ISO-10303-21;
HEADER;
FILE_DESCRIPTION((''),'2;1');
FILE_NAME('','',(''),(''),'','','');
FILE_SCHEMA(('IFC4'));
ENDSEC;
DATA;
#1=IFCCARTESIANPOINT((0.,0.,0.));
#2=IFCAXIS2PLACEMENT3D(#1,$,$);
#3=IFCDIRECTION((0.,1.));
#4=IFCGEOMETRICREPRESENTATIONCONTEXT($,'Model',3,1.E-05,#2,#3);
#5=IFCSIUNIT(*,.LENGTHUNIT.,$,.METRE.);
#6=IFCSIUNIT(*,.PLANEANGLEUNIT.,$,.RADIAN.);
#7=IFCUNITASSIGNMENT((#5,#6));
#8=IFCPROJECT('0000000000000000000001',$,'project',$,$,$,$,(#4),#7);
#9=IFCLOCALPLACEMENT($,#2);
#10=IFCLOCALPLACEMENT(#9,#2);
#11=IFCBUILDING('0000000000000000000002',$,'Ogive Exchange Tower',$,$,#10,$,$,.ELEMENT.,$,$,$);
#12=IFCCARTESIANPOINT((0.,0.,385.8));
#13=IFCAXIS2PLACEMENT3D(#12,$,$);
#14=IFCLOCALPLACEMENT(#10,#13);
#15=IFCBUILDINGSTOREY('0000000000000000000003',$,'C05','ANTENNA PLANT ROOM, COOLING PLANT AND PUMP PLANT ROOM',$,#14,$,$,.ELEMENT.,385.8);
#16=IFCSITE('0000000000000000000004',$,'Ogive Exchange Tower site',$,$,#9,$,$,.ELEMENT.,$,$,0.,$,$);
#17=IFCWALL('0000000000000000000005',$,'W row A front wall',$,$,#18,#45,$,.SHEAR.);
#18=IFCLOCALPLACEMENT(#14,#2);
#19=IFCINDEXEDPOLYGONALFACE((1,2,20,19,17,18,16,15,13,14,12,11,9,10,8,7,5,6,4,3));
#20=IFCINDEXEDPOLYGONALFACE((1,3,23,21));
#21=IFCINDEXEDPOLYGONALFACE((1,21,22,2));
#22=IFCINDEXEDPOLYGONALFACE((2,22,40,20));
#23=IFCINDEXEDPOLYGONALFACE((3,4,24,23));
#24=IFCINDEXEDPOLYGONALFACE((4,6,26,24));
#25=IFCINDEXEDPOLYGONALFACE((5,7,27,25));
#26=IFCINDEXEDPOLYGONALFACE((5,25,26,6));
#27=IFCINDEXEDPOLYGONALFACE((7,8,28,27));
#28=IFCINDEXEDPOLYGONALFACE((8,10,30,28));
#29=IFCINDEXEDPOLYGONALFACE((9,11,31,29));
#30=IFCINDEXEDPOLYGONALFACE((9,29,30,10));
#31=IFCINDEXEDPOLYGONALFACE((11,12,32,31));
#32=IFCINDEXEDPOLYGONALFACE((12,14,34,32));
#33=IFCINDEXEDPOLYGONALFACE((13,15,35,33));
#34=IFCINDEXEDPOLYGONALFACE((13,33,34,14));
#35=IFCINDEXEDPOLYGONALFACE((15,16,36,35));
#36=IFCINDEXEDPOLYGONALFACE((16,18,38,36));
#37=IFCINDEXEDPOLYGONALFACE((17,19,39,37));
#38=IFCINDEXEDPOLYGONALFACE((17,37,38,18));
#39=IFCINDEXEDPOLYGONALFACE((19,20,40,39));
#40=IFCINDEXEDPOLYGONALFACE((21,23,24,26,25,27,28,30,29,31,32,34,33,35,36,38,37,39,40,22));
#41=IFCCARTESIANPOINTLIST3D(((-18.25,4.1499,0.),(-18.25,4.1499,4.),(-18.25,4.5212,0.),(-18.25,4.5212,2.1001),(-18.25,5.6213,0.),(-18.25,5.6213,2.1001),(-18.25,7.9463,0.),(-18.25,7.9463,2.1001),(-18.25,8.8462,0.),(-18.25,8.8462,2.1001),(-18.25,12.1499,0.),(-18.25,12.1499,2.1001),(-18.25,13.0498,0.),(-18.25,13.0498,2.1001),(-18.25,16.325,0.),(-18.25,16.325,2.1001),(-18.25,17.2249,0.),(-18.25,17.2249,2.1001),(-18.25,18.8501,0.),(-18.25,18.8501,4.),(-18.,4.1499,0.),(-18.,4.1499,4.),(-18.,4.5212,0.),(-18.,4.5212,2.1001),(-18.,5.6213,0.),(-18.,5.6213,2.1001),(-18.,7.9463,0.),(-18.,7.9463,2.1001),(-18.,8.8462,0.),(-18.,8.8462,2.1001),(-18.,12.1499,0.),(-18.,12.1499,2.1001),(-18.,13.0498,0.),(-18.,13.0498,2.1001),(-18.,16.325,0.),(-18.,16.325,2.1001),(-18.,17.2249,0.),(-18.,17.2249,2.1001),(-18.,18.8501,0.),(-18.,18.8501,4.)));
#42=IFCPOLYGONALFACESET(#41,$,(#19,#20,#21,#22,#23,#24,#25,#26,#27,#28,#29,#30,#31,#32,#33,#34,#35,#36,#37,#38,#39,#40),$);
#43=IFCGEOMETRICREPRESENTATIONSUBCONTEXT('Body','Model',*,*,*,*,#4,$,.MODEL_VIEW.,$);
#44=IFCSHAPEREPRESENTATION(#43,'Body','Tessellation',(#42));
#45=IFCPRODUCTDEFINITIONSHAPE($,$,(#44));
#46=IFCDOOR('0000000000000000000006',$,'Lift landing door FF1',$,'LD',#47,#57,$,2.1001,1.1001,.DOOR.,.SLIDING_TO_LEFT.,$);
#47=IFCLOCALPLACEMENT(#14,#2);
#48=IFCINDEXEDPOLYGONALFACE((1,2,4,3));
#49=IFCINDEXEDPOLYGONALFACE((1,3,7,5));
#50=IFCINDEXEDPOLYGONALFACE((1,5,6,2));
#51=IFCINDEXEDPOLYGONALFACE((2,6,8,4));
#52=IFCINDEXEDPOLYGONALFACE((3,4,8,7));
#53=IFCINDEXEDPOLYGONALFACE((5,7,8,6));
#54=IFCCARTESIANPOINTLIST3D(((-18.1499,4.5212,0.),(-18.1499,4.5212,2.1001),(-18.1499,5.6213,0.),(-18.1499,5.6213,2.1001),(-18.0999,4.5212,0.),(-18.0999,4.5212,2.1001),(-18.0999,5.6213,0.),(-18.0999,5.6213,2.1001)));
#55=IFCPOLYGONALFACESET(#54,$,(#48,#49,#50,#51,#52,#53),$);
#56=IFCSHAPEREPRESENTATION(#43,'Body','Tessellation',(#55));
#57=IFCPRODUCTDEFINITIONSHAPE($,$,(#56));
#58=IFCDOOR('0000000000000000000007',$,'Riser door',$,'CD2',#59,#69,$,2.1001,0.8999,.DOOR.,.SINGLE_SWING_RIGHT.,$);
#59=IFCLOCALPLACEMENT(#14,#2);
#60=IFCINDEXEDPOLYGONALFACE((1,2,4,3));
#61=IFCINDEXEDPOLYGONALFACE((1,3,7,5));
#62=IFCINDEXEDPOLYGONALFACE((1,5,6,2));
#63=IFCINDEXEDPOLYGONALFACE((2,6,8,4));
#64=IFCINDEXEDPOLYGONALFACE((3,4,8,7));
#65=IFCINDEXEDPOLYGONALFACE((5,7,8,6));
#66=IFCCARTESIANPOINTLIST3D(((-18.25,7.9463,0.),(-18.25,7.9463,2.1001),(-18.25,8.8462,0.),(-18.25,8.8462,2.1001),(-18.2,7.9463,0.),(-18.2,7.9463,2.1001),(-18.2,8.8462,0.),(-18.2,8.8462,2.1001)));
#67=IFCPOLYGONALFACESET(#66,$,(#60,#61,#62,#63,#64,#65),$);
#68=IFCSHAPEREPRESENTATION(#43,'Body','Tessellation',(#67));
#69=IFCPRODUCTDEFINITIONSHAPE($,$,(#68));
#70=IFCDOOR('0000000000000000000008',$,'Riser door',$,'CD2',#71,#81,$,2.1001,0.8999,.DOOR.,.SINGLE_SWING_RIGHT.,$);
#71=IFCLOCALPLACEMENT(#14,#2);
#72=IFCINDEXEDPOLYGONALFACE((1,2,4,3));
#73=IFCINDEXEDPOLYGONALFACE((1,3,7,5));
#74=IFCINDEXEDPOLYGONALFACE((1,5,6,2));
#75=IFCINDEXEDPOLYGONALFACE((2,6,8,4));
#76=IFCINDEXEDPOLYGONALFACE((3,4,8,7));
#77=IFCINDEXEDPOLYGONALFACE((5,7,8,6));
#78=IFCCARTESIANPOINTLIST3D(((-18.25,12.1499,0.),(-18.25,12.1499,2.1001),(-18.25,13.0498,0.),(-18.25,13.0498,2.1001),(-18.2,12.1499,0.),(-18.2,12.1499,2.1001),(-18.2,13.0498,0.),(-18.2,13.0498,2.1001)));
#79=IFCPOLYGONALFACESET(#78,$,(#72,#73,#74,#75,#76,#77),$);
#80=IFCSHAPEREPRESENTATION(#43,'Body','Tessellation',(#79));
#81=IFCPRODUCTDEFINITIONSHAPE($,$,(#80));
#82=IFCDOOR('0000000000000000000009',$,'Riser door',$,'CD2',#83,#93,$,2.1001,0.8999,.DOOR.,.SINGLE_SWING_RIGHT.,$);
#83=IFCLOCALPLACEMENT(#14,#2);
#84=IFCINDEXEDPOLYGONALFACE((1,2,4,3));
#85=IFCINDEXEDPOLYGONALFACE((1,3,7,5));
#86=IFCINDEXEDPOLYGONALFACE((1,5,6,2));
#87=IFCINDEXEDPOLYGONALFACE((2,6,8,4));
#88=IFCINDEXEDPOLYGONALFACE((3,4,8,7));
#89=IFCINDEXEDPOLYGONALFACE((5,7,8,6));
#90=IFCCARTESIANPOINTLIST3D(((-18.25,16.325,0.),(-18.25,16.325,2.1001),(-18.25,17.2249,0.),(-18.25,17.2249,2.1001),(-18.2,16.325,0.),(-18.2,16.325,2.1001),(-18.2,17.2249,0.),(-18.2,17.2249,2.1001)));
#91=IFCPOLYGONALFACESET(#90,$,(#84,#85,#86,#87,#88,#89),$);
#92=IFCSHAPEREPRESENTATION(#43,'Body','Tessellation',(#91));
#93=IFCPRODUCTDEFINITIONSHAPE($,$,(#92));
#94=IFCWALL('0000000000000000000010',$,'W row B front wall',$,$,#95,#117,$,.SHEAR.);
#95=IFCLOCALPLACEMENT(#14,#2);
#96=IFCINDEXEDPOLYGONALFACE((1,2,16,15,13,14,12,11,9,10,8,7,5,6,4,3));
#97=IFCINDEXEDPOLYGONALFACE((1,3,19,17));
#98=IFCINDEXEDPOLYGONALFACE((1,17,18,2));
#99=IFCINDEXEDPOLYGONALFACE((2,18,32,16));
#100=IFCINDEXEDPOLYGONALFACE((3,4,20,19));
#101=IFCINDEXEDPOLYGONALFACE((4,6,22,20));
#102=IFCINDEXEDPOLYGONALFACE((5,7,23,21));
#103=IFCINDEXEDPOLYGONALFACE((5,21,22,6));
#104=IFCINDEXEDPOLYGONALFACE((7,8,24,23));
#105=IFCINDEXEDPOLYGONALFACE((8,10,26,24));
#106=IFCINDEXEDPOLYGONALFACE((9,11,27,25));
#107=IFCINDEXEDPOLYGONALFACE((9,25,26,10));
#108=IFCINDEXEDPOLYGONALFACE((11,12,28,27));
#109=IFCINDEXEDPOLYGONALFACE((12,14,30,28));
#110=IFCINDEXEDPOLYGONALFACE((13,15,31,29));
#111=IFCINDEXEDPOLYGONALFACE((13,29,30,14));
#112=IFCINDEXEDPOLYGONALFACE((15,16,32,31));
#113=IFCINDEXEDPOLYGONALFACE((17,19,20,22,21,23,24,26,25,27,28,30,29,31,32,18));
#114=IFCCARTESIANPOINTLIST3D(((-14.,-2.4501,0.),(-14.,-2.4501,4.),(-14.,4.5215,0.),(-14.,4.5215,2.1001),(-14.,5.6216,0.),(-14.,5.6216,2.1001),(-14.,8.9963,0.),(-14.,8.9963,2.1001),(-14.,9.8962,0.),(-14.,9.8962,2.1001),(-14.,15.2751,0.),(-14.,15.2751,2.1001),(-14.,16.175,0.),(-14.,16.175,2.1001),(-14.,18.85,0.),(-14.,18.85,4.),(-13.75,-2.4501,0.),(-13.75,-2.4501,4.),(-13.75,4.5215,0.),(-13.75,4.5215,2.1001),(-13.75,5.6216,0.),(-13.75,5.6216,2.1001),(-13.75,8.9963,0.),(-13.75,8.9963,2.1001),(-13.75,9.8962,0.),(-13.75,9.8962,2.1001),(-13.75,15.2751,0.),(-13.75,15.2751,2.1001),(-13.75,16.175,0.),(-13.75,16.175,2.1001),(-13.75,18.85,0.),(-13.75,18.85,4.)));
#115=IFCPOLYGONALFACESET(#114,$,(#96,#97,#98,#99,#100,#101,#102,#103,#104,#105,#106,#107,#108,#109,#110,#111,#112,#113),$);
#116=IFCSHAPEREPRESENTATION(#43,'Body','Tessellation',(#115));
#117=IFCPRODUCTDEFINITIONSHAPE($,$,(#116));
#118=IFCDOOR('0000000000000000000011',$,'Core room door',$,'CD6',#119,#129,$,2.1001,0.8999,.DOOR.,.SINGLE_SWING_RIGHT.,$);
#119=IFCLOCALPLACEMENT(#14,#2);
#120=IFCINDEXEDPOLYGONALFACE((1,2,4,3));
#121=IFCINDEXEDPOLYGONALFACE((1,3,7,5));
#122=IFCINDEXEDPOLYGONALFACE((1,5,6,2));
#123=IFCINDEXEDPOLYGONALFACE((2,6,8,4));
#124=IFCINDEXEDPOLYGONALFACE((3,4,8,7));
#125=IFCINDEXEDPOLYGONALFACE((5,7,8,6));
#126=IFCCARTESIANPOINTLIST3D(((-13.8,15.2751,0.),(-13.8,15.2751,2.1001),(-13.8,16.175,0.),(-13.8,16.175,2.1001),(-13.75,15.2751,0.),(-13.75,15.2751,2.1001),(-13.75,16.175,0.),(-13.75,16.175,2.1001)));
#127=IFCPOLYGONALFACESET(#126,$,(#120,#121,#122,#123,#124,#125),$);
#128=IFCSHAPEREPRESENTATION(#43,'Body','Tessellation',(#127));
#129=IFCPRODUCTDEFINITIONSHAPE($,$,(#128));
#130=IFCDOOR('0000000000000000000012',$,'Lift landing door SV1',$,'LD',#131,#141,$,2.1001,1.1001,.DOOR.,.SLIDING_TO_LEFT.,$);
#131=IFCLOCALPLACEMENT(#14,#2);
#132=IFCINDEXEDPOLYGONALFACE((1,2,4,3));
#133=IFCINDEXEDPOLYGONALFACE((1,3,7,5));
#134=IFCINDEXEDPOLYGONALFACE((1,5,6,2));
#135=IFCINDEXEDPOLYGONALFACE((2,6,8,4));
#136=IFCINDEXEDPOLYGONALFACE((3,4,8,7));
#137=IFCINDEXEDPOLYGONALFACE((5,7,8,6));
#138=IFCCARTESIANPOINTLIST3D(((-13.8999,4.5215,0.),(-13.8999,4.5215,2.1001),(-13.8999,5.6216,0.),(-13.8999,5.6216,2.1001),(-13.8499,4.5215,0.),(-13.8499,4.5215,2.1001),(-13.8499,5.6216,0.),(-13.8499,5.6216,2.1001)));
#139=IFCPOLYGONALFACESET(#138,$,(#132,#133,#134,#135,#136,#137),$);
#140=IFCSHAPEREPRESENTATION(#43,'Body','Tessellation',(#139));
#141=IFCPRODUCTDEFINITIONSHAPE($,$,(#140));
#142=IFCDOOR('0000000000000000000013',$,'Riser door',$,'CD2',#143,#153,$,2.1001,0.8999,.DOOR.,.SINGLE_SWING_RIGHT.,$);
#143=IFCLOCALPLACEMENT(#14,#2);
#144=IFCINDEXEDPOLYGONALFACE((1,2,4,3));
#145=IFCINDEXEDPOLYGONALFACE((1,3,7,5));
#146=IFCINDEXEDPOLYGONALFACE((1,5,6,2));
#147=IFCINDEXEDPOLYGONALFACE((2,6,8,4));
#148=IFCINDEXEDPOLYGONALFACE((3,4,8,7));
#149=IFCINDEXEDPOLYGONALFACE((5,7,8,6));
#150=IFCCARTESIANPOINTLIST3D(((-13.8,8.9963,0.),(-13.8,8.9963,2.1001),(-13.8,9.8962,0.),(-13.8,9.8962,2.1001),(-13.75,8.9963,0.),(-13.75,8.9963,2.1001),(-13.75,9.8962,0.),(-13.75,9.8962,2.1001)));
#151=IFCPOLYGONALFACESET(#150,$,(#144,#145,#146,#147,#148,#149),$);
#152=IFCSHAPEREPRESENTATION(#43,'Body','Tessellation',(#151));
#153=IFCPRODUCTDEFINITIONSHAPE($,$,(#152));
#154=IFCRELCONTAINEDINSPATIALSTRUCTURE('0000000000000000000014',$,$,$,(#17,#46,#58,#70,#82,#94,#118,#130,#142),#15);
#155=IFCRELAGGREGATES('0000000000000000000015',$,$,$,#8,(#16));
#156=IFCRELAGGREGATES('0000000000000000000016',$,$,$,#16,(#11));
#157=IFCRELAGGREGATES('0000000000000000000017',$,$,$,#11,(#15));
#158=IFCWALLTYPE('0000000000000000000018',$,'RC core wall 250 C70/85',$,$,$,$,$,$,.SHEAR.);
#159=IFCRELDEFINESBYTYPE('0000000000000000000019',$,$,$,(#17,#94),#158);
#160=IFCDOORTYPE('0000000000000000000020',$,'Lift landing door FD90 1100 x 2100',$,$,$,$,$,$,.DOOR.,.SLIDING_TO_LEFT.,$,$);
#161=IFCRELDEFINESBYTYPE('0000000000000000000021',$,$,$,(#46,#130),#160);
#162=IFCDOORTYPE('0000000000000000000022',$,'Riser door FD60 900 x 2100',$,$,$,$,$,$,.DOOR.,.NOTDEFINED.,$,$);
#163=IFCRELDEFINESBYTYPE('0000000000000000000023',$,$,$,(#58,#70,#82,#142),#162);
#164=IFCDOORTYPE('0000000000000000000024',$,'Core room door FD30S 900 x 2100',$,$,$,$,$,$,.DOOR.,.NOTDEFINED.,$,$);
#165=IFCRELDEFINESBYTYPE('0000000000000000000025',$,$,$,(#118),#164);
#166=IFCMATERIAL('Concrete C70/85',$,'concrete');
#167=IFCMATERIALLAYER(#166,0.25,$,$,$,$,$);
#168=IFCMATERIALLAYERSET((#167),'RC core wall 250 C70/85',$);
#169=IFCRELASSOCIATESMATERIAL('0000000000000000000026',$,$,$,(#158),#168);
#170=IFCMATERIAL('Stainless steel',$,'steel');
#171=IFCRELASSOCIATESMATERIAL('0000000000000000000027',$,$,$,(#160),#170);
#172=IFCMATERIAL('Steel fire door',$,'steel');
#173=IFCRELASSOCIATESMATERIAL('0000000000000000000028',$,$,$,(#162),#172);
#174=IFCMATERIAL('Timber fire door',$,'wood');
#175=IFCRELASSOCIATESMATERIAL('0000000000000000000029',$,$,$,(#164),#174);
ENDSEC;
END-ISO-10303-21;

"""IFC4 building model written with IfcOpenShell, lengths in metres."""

from ifc_helpers import new_model, si_unit, direction, frame, frame_2d, origin, place, context, subcontext, project, spatial, rectangle, extrude, material, layer, layer_set, type_object, element, fill, save


model = new_model("IFC4")

# Units and contexts
model_context = context("Model", 3, precision=1e-05, world=origin(), true_north=direction((0.0, 1.0)))
body_context = subcontext(model_context, "Body", "Model", "MODEL_VIEW")
ifc_project = project(units=[si_unit("LENGTHUNIT", "METRE"), si_unit("PLANEANGLEUNIT", "RADIAN")], contexts=[model_context])

# Site, building, storey
site_placement = place(None, origin())
site = spatial("IfcSite", under=ifc_project, at=site_placement, Name="Ogive Exchange Tower site", CompositionType="ELEMENT", RefElevation=0.0)
building_placement = place(site_placement, origin())
building = spatial("IfcBuilding", under=site, at=building_placement, Name="Ogive Exchange Tower", CompositionType="ELEMENT")
storey_placement = place(building_placement, frame((0.0, 0.0, 385.8)))
storey = spatial("IfcBuildingStorey", under=building, at=storey_placement, Name="C05", Description="ANTENNA PLANT ROOM, COOLING PLANT AND PUMP PLANT ROOM", CompositionType="ELEMENT", Elevation=385.8)

# Shared definitions
ifc_material_1 = material(Name="Concrete C70/85", Category="concrete")
ifc_material_2 = material(Name="Steel fire door", Category="steel")
ifc_layer_1 = layer(ifc_material_1, 0.25)
ifc_layer_set_1 = layer_set([ifc_layer_1], Name="RC core wall 250 C70/85")
wall_type_1 = type_object("IfcWallType", Name="RC core wall 250 C70/85", PredefinedType="SHEAR", material=ifc_layer_set_1)

# Walls, openings, doors
wall_1_placement = place(storey_placement, frame((-18.125, 4.1499, 0.0), z_axis=(0.0, 0.0, 1.0), x_axis=(0.0, 1.0, 0.0)))
wall_1 = element("IfcWall", 1, at=wall_1_placement, inside=storey, type_object=wall_type_1, Name="W row A front wall", PredefinedType="SHEAR", context=body_context, shape_type="SweptSolid", body=[
    extrude(rectangle(XDim=14.7002, YDim=0.25, at=frame_2d((7.3501, 0.0))), origin(), (0.0, 0.0, 1.0), 4.0),
])
opening_1_placement = place(wall_1_placement, frame((3.7964, 0.0, 0.0)))
opening_1 = element("IfcOpeningElement", 2, at=opening_1_placement, cuts=wall_1, PredefinedType="OPENING", context=body_context, shape_type="SweptSolid", body=[
    extrude(rectangle(XDim=0.8999, YDim=2.1001, at=frame_2d((0.45, 1.05))), frame((0.0, 0.135, 0.0), z_axis=(0.0, -1.0, 0.0), x_axis=(1.0, 0.0, 0.0)), (0.0, 0.0, 1.0), 0.27),
])
opening_2_placement = place(wall_1_placement, frame((8.0, 0.0, 0.0)))
opening_2 = element("IfcOpeningElement", 3, at=opening_2_placement, cuts=wall_1, PredefinedType="OPENING", context=body_context, shape_type="SweptSolid", body=[
    extrude(rectangle(XDim=0.8999, YDim=2.1001, at=frame_2d((0.45, 1.05))), frame((0.0, 0.135, 0.0), z_axis=(0.0, -1.0, 0.0), x_axis=(1.0, 0.0, 0.0)), (0.0, 0.0, 1.0), 0.27),
])
opening_3_placement = place(wall_1_placement, frame((12.175, 0.0, 0.0)))
opening_3 = element("IfcOpeningElement", 4, at=opening_3_placement, cuts=wall_1, PredefinedType="OPENING", context=body_context, shape_type="SweptSolid", body=[
    extrude(rectangle(XDim=0.8999, YDim=2.1001, at=frame_2d((0.45, 1.05))), frame((0.0, 0.135, 0.0), z_axis=(0.0, -1.0, 0.0), x_axis=(1.0, 0.0, 0.0)), (0.0, 0.0, 1.0), 0.27),
])
opening_4_placement = place(wall_1_placement, frame((0.3713, 0.0, 0.0)))
opening_4 = element("IfcOpeningElement", 5, at=opening_4_placement, cuts=wall_1, PredefinedType="OPENING", context=body_context, shape_type="SweptSolid", body=[
    extrude(rectangle(XDim=1.1001, YDim=2.1001, at=frame_2d((0.55, 1.05))), frame((0.0, 0.135, 0.0), z_axis=(0.0, -1.0, 0.0), x_axis=(1.0, 0.0, 0.0)), (0.0, 0.0, 1.0), 0.27),
])
ifc_material_3 = material(Name="Stainless steel", Category="steel")
door_type_1 = type_object("IfcDoorType", Name="Lift landing door FD90 1100 x 2100", OperationType="SLIDING_TO_LEFT", PredefinedType="DOOR", material=ifc_material_3)
door_1_placement = place(opening_4_placement, origin())
door_1 = element("IfcDoor", 6, at=door_1_placement, inside=storey, type_object=door_type_1, Name="Lift landing door FF1", ObjectType="LD", OperationType="SLIDING_TO_LEFT", OverallHeight=2.1001, OverallWidth=1.1001, PredefinedType="DOOR", context=body_context, shape_type="SweptSolid", body=[
    extrude(rectangle(XDim=1.1001, YDim=2.1001, at=frame_2d((0.55, 1.05))), frame((0.0, 0.0249, 0.0), z_axis=(0.0, -1.0, 0.0), x_axis=(1.0, 0.0, 0.0)), (0.0, 0.0, 1.0), 0.05),
])
fill(opening_4, door_1)
door_type_2 = type_object("IfcDoorType", Name="Riser door FD60 900 x 2100", OperationType="NOTDEFINED", PredefinedType="DOOR", material=ifc_material_2)
door_2_placement = place(opening_1_placement, origin())
door_2 = element("IfcDoor", 7, at=door_2_placement, inside=storey, type_object=door_type_2, Name="Riser door", ObjectType="CD2", OperationType="SINGLE_SWING_RIGHT", OverallHeight=2.1001, OverallWidth=0.8999, PredefinedType="DOOR", context=body_context, shape_type="SweptSolid", body=[
    extrude(rectangle(XDim=0.8999, YDim=2.1001, at=frame_2d((0.45, 1.05))), frame((0.0, 0.125, 0.0), z_axis=(0.0, -1.0, 0.0), x_axis=(1.0, 0.0, 0.0)), (0.0, 0.0, 1.0), 0.05),
])
fill(opening_1, door_2)
door_3_placement = place(opening_2_placement, origin())
door_3 = element("IfcDoor", 8, at=door_3_placement, inside=storey, type_object=door_type_2, Name="Riser door", ObjectType="CD2", OperationType="SINGLE_SWING_RIGHT", OverallHeight=2.1001, OverallWidth=0.8999, PredefinedType="DOOR", context=body_context, shape_type="SweptSolid", body=[
    extrude(rectangle(XDim=0.8999, YDim=2.1001, at=frame_2d((0.45, 1.05))), frame((0.0, 0.125, 0.0), z_axis=(0.0, -1.0, 0.0), x_axis=(1.0, 0.0, 0.0)), (0.0, 0.0, 1.0), 0.05),
])
fill(opening_2, door_3)
door_4_placement = place(opening_3_placement, origin())
door_4 = element("IfcDoor", 9, at=door_4_placement, inside=storey, type_object=door_type_2, Name="Riser door", ObjectType="CD2", OperationType="SINGLE_SWING_RIGHT", OverallHeight=2.1001, OverallWidth=0.8999, PredefinedType="DOOR", context=body_context, shape_type="SweptSolid", body=[
    extrude(rectangle(XDim=0.8999, YDim=2.1001, at=frame_2d((0.45, 1.05))), frame((0.0, 0.125, 0.0), z_axis=(0.0, -1.0, 0.0), x_axis=(1.0, 0.0, 0.0)), (0.0, 0.0, 1.0), 0.05),
])
fill(opening_3, door_4)
wall_2_placement = place(storey_placement, frame((-13.875, -2.45, 0.0), z_axis=(0.0, 0.0, 1.0), x_axis=(0.0, 1.0, 0.0)))
wall_2 = element("IfcWall", 10, at=wall_2_placement, inside=storey, type_object=wall_type_1, Name="W row B front wall", PredefinedType="SHEAR", context=body_context, shape_type="SweptSolid", body=[
    extrude(rectangle(XDim=21.3, YDim=0.25, at=frame_2d((10.6499, 0.0))), origin(), (0.0, 0.0, 1.0), 4.0),
])
opening_5_placement = place(wall_2_placement, frame((11.4463, 0.0, 0.0)))
opening_5 = element("IfcOpeningElement", 11, at=opening_5_placement, cuts=wall_2, PredefinedType="OPENING", context=body_context, shape_type="SweptSolid", body=[
    extrude(rectangle(XDim=0.8999, YDim=2.1001, at=frame_2d((0.45, 1.05))), frame((0.0, 0.135, 0.0), z_axis=(0.0, -1.0, 0.0), x_axis=(1.0, 0.0, 0.0)), (0.0, 0.0, 1.0), 0.27),
])
opening_6_placement = place(wall_2_placement, frame((17.7251, 0.0, 0.0)))
opening_6 = element("IfcOpeningElement", 12, at=opening_6_placement, cuts=wall_2, PredefinedType="OPENING", context=body_context, shape_type="SweptSolid", body=[
    extrude(rectangle(XDim=0.8999, YDim=2.1001, at=frame_2d((0.45, 1.05))), frame((0.0, 0.135, 0.0), z_axis=(0.0, -1.0, 0.0), x_axis=(1.0, 0.0, 0.0)), (0.0, 0.0, 1.0), 0.27),
])
opening_7_placement = place(wall_2_placement, frame((6.9714, 0.0, 0.0)))
opening_7 = element("IfcOpeningElement", 13, at=opening_7_placement, cuts=wall_2, PredefinedType="OPENING", context=body_context, shape_type="SweptSolid", body=[
    extrude(rectangle(XDim=1.1001, YDim=2.1001, at=frame_2d((0.55, 1.05))), frame((0.0, 0.135, 0.0), z_axis=(0.0, -1.0, 0.0), x_axis=(1.0, 0.0, 0.0)), (0.0, 0.0, 1.0), 0.27),
])
ifc_material_4 = material(Name="Timber fire door", Category="wood")
door_type_3 = type_object("IfcDoorType", Name="Core room door FD30S 900 x 2100", OperationType="NOTDEFINED", PredefinedType="DOOR", material=ifc_material_4)
door_5_placement = place(opening_6_placement, frame((0.8999, -0.2002, 0.0), z_axis=(0.0, 0.0, 1.0), x_axis=(-1.0, 0.0, 0.0)))
door_5 = element("IfcDoor", 14, at=door_5_placement, inside=storey, type_object=door_type_3, Name="Core room door", ObjectType="CD6", OperationType="SINGLE_SWING_RIGHT", OverallHeight=2.1001, OverallWidth=0.8999, PredefinedType="DOOR", context=body_context, shape_type="SweptSolid", body=[
    extrude(rectangle(XDim=0.8999, YDim=2.1001, at=frame_2d((0.45, 1.05))), frame((0.0, -0.0752, 0.0), z_axis=(0.0, -1.0, 0.0), x_axis=(1.0, 0.0, 0.0)), (0.0, 0.0, 1.0), 0.05),
])
fill(opening_6, door_5)
door_6_placement = place(opening_7_placement, origin())
door_6 = element("IfcDoor", 15, at=door_6_placement, inside=storey, type_object=door_type_1, Name="Lift landing door SV1", ObjectType="LD", OperationType="SLIDING_TO_LEFT", OverallHeight=2.1001, OverallWidth=1.1001, PredefinedType="DOOR", context=body_context, shape_type="SweptSolid", body=[
    extrude(rectangle(XDim=1.1001, YDim=2.1001, at=frame_2d((0.55, 1.05))), frame((0.0, 0.0249, 0.0), z_axis=(0.0, -1.0, 0.0), x_axis=(1.0, 0.0, 0.0)), (0.0, 0.0, 1.0), 0.05),
])
fill(opening_7, door_6)
door_7_placement = place(opening_5_placement, frame((0.8999, -0.2002, 0.0), z_axis=(0.0, 0.0, 1.0), x_axis=(-1.0, 0.0, 0.0)))
door_7 = element("IfcDoor", 16, at=door_7_placement, inside=storey, type_object=door_type_2, Name="Riser door", ObjectType="CD2", OperationType="SINGLE_SWING_RIGHT", OverallHeight=2.1001, OverallWidth=0.8999, PredefinedType="DOOR", context=body_context, shape_type="SweptSolid", body=[
    extrude(rectangle(XDim=0.8999, YDim=2.1001, at=frame_2d((0.45, 1.05))), frame((0.0, -0.0752, 0.0), z_axis=(0.0, -1.0, 0.0), x_axis=(1.0, 0.0, 0.0)), (0.0, 0.0, 1.0), 0.05),
])
fill(opening_5, door_7)

save(model, "model.ifc")
